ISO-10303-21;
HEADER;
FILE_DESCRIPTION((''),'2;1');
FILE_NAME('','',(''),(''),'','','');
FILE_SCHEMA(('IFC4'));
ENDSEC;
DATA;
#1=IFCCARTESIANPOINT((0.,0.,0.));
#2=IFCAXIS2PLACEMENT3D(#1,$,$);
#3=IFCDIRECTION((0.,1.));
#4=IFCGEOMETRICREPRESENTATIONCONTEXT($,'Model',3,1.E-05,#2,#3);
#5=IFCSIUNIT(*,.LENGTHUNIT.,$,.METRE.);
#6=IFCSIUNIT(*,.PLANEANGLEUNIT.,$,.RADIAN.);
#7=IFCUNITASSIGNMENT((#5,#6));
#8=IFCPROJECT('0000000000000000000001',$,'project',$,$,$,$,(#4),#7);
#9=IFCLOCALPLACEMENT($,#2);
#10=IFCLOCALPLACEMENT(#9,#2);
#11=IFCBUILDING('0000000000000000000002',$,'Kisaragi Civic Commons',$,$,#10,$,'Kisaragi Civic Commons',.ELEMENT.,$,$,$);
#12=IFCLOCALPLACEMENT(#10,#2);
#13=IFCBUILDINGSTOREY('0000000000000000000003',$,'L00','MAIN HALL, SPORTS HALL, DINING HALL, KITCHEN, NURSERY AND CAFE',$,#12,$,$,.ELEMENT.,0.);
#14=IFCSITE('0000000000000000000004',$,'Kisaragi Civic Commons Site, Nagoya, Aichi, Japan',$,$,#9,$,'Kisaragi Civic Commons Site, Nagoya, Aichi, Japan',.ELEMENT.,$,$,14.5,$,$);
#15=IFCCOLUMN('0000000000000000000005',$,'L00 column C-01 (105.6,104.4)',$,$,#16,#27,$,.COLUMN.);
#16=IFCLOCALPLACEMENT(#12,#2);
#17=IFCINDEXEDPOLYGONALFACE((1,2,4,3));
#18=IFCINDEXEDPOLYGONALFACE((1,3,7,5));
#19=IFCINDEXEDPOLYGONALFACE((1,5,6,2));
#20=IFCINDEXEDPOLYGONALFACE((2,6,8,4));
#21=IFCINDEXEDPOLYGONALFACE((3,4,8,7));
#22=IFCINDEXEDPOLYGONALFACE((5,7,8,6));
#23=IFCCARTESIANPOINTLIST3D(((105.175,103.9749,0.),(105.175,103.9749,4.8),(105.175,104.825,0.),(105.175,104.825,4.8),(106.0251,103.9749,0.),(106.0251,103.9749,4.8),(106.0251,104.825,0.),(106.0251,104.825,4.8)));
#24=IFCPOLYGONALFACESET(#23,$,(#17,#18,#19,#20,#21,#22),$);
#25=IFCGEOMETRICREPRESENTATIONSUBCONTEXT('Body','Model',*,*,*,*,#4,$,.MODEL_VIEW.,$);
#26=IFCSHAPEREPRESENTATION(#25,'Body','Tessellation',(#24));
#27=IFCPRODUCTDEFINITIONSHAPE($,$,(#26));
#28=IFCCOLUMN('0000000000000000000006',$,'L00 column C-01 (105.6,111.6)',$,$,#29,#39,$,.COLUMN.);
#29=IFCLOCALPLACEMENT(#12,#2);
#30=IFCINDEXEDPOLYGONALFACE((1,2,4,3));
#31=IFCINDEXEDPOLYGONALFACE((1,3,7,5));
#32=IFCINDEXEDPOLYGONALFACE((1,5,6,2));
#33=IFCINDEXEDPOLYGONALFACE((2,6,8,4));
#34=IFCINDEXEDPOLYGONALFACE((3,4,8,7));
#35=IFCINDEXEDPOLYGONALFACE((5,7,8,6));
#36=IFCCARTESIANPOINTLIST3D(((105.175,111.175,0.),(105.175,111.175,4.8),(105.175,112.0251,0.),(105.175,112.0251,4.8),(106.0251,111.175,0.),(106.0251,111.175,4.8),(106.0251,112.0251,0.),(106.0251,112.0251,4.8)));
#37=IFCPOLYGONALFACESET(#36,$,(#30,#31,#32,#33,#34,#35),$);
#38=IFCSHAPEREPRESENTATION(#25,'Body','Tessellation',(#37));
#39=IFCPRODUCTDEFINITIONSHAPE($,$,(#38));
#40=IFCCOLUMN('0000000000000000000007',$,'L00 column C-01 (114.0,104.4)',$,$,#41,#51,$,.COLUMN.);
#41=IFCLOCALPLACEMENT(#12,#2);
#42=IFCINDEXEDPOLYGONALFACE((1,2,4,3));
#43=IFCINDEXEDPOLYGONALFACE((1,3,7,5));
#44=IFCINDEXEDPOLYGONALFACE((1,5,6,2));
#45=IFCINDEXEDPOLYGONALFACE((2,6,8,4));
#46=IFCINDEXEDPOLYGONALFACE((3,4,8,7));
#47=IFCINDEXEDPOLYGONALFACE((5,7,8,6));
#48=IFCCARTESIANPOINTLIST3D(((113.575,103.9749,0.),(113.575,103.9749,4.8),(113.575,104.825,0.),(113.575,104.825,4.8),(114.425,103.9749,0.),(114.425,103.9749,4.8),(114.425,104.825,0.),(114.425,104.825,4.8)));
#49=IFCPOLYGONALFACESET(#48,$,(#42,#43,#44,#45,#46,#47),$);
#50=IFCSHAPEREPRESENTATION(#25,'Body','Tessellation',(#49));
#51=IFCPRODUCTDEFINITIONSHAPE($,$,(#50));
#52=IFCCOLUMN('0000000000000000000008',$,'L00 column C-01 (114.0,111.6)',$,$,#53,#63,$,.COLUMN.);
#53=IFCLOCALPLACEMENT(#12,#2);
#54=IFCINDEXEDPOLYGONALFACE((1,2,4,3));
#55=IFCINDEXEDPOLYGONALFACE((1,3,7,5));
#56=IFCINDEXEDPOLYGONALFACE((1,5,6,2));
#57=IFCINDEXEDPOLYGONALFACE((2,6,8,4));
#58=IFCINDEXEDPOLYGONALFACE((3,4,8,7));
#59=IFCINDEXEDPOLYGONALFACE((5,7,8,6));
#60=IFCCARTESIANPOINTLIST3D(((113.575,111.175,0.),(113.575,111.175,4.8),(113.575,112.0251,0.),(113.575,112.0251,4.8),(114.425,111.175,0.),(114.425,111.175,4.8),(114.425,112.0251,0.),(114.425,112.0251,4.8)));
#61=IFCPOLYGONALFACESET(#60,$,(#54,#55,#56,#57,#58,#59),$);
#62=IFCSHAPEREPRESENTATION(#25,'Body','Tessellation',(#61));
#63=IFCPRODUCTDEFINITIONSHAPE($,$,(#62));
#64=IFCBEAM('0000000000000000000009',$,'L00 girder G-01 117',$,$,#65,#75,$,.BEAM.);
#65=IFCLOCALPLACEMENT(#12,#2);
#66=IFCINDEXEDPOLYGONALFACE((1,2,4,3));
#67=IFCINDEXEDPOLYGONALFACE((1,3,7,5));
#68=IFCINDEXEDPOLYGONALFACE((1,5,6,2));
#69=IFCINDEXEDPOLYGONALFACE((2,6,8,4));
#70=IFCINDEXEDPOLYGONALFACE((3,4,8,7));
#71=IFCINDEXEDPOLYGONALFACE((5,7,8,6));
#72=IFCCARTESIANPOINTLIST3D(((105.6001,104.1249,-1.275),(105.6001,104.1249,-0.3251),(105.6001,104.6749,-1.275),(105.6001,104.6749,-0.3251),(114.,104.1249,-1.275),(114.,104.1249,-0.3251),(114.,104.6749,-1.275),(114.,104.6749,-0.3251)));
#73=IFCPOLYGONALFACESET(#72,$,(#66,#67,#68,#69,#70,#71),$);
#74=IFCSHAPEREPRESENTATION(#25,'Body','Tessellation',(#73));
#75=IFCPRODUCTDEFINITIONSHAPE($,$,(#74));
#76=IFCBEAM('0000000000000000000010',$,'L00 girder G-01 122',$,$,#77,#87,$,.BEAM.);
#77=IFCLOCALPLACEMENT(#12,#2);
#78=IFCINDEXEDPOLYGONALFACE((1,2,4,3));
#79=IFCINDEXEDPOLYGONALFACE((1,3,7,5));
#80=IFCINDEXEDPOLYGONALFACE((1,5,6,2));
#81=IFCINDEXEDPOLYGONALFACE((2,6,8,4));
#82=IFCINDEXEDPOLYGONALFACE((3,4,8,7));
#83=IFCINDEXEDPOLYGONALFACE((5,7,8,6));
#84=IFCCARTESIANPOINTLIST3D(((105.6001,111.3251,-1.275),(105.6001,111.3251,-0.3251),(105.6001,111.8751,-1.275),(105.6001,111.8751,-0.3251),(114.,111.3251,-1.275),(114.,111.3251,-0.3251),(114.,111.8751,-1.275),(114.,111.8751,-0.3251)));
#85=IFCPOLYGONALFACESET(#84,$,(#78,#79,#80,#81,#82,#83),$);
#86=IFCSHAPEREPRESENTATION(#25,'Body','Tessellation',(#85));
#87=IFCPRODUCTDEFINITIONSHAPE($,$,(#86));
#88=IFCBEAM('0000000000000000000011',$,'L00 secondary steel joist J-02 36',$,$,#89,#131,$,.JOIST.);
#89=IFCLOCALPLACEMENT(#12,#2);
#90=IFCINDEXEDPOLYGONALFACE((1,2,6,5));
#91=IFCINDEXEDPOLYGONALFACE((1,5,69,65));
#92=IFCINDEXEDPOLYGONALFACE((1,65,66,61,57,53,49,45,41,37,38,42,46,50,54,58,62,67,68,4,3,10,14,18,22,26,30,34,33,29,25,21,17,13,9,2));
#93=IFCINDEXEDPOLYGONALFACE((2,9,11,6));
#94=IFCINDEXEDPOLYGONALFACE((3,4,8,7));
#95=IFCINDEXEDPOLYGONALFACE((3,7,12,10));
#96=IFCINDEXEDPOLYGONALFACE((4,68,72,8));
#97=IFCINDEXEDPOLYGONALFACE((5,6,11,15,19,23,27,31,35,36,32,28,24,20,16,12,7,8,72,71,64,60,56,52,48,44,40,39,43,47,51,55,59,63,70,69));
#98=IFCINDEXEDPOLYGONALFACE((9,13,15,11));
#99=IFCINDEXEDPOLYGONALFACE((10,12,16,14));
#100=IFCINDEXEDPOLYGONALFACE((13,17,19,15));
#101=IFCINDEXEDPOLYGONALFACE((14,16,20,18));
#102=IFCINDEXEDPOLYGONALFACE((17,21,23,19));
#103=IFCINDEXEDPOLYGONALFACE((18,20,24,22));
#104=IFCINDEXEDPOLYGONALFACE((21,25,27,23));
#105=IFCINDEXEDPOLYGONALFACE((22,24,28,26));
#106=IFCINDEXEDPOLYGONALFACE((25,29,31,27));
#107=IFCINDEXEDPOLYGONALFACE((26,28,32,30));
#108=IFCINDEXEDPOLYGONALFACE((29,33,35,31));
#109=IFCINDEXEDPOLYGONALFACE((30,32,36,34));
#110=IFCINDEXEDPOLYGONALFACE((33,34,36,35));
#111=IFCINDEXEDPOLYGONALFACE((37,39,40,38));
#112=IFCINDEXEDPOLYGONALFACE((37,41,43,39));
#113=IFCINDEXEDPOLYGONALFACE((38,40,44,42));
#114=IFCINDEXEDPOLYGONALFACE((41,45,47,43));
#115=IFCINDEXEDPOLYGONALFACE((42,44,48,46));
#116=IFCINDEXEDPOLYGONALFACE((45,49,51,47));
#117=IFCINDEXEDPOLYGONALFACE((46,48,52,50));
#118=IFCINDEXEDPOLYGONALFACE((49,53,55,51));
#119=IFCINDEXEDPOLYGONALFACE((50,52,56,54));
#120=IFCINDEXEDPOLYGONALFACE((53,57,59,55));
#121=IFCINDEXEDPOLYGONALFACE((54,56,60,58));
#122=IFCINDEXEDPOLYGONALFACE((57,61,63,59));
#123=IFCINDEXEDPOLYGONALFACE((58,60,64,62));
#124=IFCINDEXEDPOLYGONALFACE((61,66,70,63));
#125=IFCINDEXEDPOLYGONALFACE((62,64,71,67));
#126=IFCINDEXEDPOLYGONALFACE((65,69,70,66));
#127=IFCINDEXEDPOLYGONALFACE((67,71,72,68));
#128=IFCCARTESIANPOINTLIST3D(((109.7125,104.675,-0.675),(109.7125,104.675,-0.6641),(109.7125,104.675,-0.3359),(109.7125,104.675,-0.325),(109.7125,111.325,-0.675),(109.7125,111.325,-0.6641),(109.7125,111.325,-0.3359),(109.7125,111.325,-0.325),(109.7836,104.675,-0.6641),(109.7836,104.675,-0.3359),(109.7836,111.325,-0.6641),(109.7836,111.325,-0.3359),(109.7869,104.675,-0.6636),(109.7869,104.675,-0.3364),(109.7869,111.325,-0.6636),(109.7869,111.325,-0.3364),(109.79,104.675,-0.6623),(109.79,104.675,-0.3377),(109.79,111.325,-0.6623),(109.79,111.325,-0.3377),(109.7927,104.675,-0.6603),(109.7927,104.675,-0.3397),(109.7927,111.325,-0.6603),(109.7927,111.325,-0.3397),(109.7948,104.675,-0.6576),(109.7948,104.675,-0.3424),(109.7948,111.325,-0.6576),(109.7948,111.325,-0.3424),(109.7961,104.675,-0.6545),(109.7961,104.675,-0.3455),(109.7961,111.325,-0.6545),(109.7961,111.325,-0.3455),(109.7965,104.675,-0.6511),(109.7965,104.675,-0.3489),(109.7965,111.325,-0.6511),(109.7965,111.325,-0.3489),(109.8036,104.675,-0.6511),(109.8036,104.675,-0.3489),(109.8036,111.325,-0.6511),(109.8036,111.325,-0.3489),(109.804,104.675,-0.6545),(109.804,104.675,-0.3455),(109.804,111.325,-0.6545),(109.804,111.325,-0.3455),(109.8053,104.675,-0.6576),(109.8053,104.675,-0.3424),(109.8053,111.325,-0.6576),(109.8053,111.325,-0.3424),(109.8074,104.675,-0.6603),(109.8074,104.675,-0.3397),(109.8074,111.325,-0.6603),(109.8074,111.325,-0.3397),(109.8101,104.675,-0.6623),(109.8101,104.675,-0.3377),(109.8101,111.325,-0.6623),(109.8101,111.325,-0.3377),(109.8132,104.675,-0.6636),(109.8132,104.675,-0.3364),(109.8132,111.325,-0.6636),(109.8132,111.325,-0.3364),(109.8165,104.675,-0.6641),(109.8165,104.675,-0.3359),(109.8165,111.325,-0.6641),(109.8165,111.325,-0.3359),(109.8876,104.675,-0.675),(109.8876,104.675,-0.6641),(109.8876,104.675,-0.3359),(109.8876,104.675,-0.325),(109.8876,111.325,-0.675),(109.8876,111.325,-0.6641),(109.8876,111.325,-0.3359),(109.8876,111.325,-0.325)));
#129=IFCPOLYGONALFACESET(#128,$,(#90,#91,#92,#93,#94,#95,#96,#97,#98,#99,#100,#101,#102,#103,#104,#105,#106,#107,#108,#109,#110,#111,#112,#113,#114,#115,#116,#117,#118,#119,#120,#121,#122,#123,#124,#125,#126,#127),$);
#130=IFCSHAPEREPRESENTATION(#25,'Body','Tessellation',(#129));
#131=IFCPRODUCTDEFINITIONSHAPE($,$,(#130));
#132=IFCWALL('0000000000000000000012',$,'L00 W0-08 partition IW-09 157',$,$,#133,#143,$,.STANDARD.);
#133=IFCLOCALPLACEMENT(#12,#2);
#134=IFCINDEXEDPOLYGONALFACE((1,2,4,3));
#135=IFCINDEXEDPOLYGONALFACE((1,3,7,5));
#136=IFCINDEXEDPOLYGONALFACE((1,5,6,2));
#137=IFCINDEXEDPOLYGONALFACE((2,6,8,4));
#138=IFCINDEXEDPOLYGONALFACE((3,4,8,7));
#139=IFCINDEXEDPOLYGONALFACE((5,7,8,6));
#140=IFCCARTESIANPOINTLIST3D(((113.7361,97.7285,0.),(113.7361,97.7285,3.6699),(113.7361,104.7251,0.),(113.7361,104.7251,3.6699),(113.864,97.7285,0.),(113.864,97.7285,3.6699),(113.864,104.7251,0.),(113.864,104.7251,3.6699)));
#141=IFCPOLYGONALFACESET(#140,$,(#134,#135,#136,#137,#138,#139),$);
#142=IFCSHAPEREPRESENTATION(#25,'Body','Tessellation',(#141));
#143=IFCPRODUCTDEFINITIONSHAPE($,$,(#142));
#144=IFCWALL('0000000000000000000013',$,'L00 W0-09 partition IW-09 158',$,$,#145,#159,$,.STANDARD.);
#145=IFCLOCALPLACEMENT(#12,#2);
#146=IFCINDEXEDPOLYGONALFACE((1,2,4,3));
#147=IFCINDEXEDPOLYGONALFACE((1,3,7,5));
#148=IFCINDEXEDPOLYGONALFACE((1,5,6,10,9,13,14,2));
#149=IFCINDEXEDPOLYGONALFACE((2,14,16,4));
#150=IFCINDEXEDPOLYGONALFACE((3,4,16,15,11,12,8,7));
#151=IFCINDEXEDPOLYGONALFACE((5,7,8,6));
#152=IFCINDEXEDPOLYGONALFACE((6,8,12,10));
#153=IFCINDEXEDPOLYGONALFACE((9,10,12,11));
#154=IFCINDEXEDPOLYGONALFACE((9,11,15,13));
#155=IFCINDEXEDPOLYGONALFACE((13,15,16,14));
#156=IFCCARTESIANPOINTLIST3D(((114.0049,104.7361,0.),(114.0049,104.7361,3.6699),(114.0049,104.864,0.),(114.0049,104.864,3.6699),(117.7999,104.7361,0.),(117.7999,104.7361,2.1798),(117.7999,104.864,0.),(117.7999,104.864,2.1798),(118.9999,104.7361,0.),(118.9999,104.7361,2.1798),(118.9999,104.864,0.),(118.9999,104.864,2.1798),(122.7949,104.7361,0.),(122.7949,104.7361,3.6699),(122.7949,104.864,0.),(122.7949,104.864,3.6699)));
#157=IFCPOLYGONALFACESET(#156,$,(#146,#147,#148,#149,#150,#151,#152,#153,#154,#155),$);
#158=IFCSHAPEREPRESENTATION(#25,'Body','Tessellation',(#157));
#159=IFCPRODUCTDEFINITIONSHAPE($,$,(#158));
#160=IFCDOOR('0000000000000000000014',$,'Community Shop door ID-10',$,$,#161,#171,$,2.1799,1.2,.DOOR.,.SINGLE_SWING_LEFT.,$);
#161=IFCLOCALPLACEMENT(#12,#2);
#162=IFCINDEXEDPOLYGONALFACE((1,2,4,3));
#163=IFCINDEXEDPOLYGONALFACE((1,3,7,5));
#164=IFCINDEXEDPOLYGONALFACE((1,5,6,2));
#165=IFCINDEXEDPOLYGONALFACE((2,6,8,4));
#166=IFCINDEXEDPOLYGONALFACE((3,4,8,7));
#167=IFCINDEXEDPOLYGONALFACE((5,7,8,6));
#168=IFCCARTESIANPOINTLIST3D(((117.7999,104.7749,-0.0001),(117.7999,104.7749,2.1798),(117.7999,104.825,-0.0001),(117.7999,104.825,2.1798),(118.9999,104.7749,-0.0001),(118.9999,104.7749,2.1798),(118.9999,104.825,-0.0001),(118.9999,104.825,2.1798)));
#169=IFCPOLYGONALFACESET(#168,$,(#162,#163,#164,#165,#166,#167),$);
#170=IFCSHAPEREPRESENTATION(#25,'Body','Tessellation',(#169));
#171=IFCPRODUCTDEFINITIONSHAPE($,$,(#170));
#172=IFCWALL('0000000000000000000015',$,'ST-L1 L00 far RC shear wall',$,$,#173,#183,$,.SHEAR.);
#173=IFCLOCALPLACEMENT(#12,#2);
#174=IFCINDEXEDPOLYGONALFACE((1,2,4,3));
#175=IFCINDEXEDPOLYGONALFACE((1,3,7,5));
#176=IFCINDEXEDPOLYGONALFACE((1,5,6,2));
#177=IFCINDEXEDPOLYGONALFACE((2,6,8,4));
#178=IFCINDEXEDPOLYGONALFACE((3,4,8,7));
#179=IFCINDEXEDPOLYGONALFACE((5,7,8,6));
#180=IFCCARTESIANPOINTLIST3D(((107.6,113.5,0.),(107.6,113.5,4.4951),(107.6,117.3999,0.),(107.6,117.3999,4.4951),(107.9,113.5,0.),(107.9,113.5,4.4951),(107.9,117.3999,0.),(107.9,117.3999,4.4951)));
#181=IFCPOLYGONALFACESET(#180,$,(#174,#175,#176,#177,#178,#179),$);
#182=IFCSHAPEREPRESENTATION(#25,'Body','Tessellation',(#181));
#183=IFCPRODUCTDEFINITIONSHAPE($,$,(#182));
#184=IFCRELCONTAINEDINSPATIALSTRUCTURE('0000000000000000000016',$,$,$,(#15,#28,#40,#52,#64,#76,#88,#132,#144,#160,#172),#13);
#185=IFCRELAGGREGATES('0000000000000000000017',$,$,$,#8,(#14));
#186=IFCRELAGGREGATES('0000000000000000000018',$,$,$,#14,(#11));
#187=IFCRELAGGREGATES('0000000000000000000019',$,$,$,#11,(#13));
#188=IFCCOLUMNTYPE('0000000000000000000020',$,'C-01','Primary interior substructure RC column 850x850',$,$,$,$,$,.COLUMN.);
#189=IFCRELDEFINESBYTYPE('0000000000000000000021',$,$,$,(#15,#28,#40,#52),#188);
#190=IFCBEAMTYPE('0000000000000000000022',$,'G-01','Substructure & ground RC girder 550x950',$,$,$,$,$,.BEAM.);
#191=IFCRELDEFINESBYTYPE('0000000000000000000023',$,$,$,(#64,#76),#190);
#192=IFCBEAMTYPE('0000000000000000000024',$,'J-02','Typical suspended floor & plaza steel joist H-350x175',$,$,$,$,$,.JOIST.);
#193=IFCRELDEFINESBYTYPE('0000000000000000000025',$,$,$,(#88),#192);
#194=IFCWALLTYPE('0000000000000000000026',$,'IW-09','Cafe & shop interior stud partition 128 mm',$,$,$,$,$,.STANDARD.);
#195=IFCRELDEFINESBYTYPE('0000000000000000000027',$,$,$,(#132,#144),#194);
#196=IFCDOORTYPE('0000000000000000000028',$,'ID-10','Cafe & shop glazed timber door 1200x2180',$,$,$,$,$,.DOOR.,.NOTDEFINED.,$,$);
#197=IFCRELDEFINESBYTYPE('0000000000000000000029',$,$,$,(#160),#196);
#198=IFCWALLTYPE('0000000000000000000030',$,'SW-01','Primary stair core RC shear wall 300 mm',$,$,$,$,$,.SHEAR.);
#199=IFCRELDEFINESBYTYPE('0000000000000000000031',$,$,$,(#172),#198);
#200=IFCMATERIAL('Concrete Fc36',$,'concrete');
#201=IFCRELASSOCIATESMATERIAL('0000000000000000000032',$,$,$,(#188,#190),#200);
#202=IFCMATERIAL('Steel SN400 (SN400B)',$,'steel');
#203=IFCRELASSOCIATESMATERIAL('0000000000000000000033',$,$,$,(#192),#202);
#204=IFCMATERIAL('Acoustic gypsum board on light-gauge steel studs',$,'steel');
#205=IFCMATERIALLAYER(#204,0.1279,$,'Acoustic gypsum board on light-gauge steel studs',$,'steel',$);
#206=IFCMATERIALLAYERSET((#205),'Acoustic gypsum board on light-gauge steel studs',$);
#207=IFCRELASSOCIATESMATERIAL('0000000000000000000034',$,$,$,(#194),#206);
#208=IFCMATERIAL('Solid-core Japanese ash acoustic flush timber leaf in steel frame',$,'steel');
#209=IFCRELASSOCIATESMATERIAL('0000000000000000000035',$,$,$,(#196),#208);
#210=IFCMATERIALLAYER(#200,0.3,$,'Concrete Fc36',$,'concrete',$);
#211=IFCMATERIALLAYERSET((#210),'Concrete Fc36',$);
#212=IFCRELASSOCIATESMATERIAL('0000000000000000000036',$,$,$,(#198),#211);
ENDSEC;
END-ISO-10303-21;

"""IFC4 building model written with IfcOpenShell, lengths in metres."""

from ifc_helpers import new_model, si_unit, direction, frame, frame_2d, origin, origin_2d, place, context, subcontext, project, spatial, rectangle, i_section, extrude, material, layer, layer_set, material_profile, profile_set, type_object, element, fill, save


model = new_model("IFC4")

# Units and contexts
model_context = context("Model", 3, precision=1e-05, world=origin(), true_north=direction((0.0, 1.0)))
body_context = subcontext(model_context, "Body", "Model", "MODEL_VIEW")
ifc_project = project(units=[si_unit("LENGTHUNIT", "METRE"), si_unit("PLANEANGLEUNIT", "RADIAN")], contexts=[model_context])

# Site, building, storey
site_placement = place(None, origin())
site = spatial("IfcSite", under=ifc_project, at=site_placement, Name="Kisaragi Civic Commons Site, Nagoya, Aichi, Japan", LongName="Kisaragi Civic Commons Site, Nagoya, Aichi, Japan", CompositionType="ELEMENT", RefElevation=14.5)
building_placement = place(site_placement, origin())
building = spatial("IfcBuilding", under=site, at=building_placement, Name="Kisaragi Civic Commons", LongName="Kisaragi Civic Commons", CompositionType="ELEMENT")
storey_placement = place(building_placement, origin())
storey = spatial("IfcBuildingStorey", under=building, at=storey_placement, Name="L00", Description="MAIN HALL, SPORTS HALL, DINING HALL, KITCHEN, NURSERY AND CAFE", CompositionType="ELEMENT", Elevation=0.0)

# Columns
ifc_material_1 = material(Name="Concrete Fc36", Category="concrete")
ifc_material_profile_1 = material_profile(ifc_material_1, rectangle(XDim=0.8501, YDim=0.8501, at=origin_2d()), Name="RC-850x850", Category="concrete")
ifc_profile_set_1 = profile_set([ifc_material_profile_1], Name="Concrete Fc36")
column_type = type_object("IfcColumnType", Name="C-01", Description="Primary interior substructure RC column 850x850", PredefinedType="COLUMN", material=ifc_profile_set_1)
for number, where, z_axis, x_axis, name in (
    (1, (105.6001, 104.3999, 0.0), (0.0, 0.0, 1.0), (1.0, 0.0, 0.0), "L00 column C-01 (105.6,104.4)"),
    (2, (105.6001, 111.6001, 0.0), (0.0, 0.0, 1.0), (1.0, 0.0, 0.0), "L00 column C-01 (105.6,111.6)"),
    (3, (114.0, 104.3999, 0.0), (0.0, 0.0, 1.0), (1.0, 0.0, 0.0), "L00 column C-01 (114.0,104.4)"),
    (4, (114.0, 111.6001, 0.0), (0.0, 0.0, 1.0), (1.0, 0.0, 0.0), "L00 column C-01 (114.0,111.6)"),
):
    element("IfcColumn", number, at=place(storey_placement, frame(where, z_axis=z_axis, x_axis=x_axis)), inside=storey, type_object=column_type, Name=name, PredefinedType="COLUMN", context=body_context, shape_type="SweptSolid", body=[
        extrude(rectangle(XDim=0.8501, YDim=0.8501, at=origin_2d()), origin(), (0.0, 0.0, 1.0), 4.8),
    ])

# Beams
ifc_material_profile_2 = material_profile(ifc_material_1, rectangle(XDim=0.55, YDim=0.95, at=origin_2d()), Name="RC-550x950", Category="concrete")
ifc_profile_set_2 = profile_set([ifc_material_profile_2], Name="Concrete Fc36")
beam_type_1 = type_object("IfcBeamType", Name="G-01", Description="Substructure & ground RC girder 550x950", PredefinedType="BEAM", material=ifc_profile_set_2)
for number, where, z_axis, x_axis, name in (
    (5, (105.6001, 104.3999, -0.8), (1.0, 0.0, 0.0), (0.0, 1.0, 0.0), "L00 girder G-01 117"),
    (6, (105.6001, 111.6001, -0.8), (1.0, 0.0, 0.0), (0.0, 1.0, 0.0), "L00 girder G-01 122"),
):
    element("IfcBeam", number, at=place(storey_placement, frame(where, z_axis=z_axis, x_axis=x_axis)), inside=storey, type_object=beam_type_1, Name=name, PredefinedType="BEAM", context=body_context, shape_type="SweptSolid", body=[
        extrude(rectangle(XDim=0.55, YDim=0.95, at=origin_2d()), origin(), (0.0, 0.0, 1.0), 8.3999),
    ])
ifc_material_2 = material(Name="Steel SN400 (SN400B)", Category="steel")
ifc_material_profile_3 = material_profile(ifc_material_2, i_section(OverallWidth=0.175, OverallDepth=0.3501, WebThickness=0.0071, FlangeThickness=0.011, FilletRadius=0.0129, at=origin_2d()), Name="H-350x175x7x11", Category="steel")
ifc_profile_set_3 = profile_set([ifc_material_profile_3], Name="Steel SN400 (SN400B)")
beam_type_2 = type_object("IfcBeamType", Name="J-02", Description="Typical suspended floor & plaza steel joist H-350x175", PredefinedType="JOIST", material=ifc_profile_set_3)
beam_placement = place(storey_placement, frame((109.8, 104.675, -0.5), z_axis=(0.0, 1.0, 0.0), x_axis=(-1.0, 0.0, 0.0)))
element("IfcBeam", 7, at=beam_placement, inside=storey, type_object=beam_type_2, Name="L00 secondary steel joist J-02 36", PredefinedType="JOIST", context=body_context, shape_type="SweptSolid", body=[
    extrude(i_section(OverallWidth=0.175, OverallDepth=0.3501, WebThickness=0.0071, FlangeThickness=0.011, FilletRadius=0.0129, at=origin_2d()), origin(), (0.0, 0.0, 1.0), 6.6499),
])

# Wall
ifc_material_3 = material(Name="Acoustic gypsum board on light-gauge steel studs", Category="steel")
ifc_layer_1 = layer(ifc_material_3, 0.1279, Name="Acoustic gypsum board on light-gauge steel studs", Category="steel")
ifc_layer_set_1 = layer_set([ifc_layer_1], Name="Acoustic gypsum board on light-gauge steel studs")
wall_type_1 = type_object("IfcWallType", Name="IW-09", Description="Cafe & shop interior stud partition 128 mm", PredefinedType="STANDARD", material=ifc_layer_set_1)
wall_1_placement = place(storey_placement, frame((113.8, 104.7251, 0.0), z_axis=(0.0, 0.0, 1.0), x_axis=(0.0, -1.0, 0.0)))
element("IfcWall", 8, at=wall_1_placement, inside=storey, type_object=wall_type_1, Name="L00 W0-08 partition IW-09 157", PredefinedType="STANDARD", context=body_context, shape_type="SweptSolid", body=[
    extrude(rectangle(XDim=6.9966, YDim=0.1279, at=frame_2d((3.4983, 0.0))), origin(), (0.0, 0.0, 1.0), 3.6699),
])

# Wall, opening, door
wall_2_placement = place(storey_placement, frame((114.0049, 104.8, 0.0), z_axis=(0.0, 0.0, 1.0), x_axis=(1.0, 0.0, 0.0)))
wall_2 = element("IfcWall", 9, at=wall_2_placement, inside=storey, type_object=wall_type_1, Name="L00 W0-09 partition IW-09 158", PredefinedType="STANDARD", context=body_context, shape_type="SweptSolid", body=[
    extrude(rectangle(XDim=8.79, YDim=0.1279, at=frame_2d((4.395, 0.0))), origin(), (0.0, 0.0, 1.0), 3.6699),
])
opening_1_placement = place(wall_2_placement, frame((3.7949, 0.0, 0.0)))
opening_1 = element("IfcOpeningElement", 10, at=opening_1_placement, cuts=wall_2, PredefinedType="OPENING", context=body_context, shape_type="SweptSolid", body=[
    extrude(rectangle(XDim=1.2, YDim=2.1799, at=frame_2d((0.6001, 1.0898))), frame((0.0, 0.074, 0.0), z_axis=(0.0, -1.0, 0.0), x_axis=(1.0, 0.0, 0.0)), (0.0, 0.0, 1.0), 0.1479),
])
ifc_material_4 = material(Name="Solid-core Japanese ash acoustic flush timber leaf in steel frame", Category="steel")
door_type_1 = type_object("IfcDoorType", Name="ID-10", Description="Cafe & shop glazed timber door 1200x2180", OperationType="NOTDEFINED", PredefinedType="DOOR", material=ifc_material_4)
door_1_placement = place(opening_1_placement, origin())
door_1 = element("IfcDoor", 11, at=door_1_placement, inside=storey, type_object=door_type_1, Name="Community Shop door ID-10", OperationType="SINGLE_SWING_LEFT", OverallHeight=2.1799, OverallWidth=1.2, PredefinedType="DOOR", context=body_context, shape_type="SweptSolid", body=[
    extrude(rectangle(XDim=1.2, YDim=2.1799, at=frame_2d((0.6001, 1.0898))), frame((0.0, 0.0249, 0.0), z_axis=(0.0, -1.0, 0.0), x_axis=(1.0, 0.0, 0.0)), (0.0, 0.0, 1.0), 0.05),
])
fill(opening_1, door_1)

# Wall
ifc_layer_2 = layer(ifc_material_1, 0.3, Name="Concrete Fc36", Category="concrete")
ifc_layer_set_2 = layer_set([ifc_layer_2], Name="Concrete Fc36")
wall_type_2 = type_object("IfcWallType", Name="SW-01", Description="Primary stair core RC shear wall 300 mm", PredefinedType="SHEAR", material=ifc_layer_set_2)
wall_3_placement = place(storey_placement, frame((107.75, 113.5, 0.0), z_axis=(0.0, 0.0, 1.0), x_axis=(0.0, 1.0, 0.0)))
element("IfcWall", 12, at=wall_3_placement, inside=storey, type_object=wall_type_2, Name="ST-L1 L00 far RC shear wall", PredefinedType="SHEAR", context=body_context, shape_type="SweptSolid", body=[
    extrude(rectangle(XDim=3.8999, YDim=0.3, at=frame_2d((1.95, 0.0))), origin(), (0.0, 0.0, 1.0), 4.4951),
])

save(model, "model.ifc")
